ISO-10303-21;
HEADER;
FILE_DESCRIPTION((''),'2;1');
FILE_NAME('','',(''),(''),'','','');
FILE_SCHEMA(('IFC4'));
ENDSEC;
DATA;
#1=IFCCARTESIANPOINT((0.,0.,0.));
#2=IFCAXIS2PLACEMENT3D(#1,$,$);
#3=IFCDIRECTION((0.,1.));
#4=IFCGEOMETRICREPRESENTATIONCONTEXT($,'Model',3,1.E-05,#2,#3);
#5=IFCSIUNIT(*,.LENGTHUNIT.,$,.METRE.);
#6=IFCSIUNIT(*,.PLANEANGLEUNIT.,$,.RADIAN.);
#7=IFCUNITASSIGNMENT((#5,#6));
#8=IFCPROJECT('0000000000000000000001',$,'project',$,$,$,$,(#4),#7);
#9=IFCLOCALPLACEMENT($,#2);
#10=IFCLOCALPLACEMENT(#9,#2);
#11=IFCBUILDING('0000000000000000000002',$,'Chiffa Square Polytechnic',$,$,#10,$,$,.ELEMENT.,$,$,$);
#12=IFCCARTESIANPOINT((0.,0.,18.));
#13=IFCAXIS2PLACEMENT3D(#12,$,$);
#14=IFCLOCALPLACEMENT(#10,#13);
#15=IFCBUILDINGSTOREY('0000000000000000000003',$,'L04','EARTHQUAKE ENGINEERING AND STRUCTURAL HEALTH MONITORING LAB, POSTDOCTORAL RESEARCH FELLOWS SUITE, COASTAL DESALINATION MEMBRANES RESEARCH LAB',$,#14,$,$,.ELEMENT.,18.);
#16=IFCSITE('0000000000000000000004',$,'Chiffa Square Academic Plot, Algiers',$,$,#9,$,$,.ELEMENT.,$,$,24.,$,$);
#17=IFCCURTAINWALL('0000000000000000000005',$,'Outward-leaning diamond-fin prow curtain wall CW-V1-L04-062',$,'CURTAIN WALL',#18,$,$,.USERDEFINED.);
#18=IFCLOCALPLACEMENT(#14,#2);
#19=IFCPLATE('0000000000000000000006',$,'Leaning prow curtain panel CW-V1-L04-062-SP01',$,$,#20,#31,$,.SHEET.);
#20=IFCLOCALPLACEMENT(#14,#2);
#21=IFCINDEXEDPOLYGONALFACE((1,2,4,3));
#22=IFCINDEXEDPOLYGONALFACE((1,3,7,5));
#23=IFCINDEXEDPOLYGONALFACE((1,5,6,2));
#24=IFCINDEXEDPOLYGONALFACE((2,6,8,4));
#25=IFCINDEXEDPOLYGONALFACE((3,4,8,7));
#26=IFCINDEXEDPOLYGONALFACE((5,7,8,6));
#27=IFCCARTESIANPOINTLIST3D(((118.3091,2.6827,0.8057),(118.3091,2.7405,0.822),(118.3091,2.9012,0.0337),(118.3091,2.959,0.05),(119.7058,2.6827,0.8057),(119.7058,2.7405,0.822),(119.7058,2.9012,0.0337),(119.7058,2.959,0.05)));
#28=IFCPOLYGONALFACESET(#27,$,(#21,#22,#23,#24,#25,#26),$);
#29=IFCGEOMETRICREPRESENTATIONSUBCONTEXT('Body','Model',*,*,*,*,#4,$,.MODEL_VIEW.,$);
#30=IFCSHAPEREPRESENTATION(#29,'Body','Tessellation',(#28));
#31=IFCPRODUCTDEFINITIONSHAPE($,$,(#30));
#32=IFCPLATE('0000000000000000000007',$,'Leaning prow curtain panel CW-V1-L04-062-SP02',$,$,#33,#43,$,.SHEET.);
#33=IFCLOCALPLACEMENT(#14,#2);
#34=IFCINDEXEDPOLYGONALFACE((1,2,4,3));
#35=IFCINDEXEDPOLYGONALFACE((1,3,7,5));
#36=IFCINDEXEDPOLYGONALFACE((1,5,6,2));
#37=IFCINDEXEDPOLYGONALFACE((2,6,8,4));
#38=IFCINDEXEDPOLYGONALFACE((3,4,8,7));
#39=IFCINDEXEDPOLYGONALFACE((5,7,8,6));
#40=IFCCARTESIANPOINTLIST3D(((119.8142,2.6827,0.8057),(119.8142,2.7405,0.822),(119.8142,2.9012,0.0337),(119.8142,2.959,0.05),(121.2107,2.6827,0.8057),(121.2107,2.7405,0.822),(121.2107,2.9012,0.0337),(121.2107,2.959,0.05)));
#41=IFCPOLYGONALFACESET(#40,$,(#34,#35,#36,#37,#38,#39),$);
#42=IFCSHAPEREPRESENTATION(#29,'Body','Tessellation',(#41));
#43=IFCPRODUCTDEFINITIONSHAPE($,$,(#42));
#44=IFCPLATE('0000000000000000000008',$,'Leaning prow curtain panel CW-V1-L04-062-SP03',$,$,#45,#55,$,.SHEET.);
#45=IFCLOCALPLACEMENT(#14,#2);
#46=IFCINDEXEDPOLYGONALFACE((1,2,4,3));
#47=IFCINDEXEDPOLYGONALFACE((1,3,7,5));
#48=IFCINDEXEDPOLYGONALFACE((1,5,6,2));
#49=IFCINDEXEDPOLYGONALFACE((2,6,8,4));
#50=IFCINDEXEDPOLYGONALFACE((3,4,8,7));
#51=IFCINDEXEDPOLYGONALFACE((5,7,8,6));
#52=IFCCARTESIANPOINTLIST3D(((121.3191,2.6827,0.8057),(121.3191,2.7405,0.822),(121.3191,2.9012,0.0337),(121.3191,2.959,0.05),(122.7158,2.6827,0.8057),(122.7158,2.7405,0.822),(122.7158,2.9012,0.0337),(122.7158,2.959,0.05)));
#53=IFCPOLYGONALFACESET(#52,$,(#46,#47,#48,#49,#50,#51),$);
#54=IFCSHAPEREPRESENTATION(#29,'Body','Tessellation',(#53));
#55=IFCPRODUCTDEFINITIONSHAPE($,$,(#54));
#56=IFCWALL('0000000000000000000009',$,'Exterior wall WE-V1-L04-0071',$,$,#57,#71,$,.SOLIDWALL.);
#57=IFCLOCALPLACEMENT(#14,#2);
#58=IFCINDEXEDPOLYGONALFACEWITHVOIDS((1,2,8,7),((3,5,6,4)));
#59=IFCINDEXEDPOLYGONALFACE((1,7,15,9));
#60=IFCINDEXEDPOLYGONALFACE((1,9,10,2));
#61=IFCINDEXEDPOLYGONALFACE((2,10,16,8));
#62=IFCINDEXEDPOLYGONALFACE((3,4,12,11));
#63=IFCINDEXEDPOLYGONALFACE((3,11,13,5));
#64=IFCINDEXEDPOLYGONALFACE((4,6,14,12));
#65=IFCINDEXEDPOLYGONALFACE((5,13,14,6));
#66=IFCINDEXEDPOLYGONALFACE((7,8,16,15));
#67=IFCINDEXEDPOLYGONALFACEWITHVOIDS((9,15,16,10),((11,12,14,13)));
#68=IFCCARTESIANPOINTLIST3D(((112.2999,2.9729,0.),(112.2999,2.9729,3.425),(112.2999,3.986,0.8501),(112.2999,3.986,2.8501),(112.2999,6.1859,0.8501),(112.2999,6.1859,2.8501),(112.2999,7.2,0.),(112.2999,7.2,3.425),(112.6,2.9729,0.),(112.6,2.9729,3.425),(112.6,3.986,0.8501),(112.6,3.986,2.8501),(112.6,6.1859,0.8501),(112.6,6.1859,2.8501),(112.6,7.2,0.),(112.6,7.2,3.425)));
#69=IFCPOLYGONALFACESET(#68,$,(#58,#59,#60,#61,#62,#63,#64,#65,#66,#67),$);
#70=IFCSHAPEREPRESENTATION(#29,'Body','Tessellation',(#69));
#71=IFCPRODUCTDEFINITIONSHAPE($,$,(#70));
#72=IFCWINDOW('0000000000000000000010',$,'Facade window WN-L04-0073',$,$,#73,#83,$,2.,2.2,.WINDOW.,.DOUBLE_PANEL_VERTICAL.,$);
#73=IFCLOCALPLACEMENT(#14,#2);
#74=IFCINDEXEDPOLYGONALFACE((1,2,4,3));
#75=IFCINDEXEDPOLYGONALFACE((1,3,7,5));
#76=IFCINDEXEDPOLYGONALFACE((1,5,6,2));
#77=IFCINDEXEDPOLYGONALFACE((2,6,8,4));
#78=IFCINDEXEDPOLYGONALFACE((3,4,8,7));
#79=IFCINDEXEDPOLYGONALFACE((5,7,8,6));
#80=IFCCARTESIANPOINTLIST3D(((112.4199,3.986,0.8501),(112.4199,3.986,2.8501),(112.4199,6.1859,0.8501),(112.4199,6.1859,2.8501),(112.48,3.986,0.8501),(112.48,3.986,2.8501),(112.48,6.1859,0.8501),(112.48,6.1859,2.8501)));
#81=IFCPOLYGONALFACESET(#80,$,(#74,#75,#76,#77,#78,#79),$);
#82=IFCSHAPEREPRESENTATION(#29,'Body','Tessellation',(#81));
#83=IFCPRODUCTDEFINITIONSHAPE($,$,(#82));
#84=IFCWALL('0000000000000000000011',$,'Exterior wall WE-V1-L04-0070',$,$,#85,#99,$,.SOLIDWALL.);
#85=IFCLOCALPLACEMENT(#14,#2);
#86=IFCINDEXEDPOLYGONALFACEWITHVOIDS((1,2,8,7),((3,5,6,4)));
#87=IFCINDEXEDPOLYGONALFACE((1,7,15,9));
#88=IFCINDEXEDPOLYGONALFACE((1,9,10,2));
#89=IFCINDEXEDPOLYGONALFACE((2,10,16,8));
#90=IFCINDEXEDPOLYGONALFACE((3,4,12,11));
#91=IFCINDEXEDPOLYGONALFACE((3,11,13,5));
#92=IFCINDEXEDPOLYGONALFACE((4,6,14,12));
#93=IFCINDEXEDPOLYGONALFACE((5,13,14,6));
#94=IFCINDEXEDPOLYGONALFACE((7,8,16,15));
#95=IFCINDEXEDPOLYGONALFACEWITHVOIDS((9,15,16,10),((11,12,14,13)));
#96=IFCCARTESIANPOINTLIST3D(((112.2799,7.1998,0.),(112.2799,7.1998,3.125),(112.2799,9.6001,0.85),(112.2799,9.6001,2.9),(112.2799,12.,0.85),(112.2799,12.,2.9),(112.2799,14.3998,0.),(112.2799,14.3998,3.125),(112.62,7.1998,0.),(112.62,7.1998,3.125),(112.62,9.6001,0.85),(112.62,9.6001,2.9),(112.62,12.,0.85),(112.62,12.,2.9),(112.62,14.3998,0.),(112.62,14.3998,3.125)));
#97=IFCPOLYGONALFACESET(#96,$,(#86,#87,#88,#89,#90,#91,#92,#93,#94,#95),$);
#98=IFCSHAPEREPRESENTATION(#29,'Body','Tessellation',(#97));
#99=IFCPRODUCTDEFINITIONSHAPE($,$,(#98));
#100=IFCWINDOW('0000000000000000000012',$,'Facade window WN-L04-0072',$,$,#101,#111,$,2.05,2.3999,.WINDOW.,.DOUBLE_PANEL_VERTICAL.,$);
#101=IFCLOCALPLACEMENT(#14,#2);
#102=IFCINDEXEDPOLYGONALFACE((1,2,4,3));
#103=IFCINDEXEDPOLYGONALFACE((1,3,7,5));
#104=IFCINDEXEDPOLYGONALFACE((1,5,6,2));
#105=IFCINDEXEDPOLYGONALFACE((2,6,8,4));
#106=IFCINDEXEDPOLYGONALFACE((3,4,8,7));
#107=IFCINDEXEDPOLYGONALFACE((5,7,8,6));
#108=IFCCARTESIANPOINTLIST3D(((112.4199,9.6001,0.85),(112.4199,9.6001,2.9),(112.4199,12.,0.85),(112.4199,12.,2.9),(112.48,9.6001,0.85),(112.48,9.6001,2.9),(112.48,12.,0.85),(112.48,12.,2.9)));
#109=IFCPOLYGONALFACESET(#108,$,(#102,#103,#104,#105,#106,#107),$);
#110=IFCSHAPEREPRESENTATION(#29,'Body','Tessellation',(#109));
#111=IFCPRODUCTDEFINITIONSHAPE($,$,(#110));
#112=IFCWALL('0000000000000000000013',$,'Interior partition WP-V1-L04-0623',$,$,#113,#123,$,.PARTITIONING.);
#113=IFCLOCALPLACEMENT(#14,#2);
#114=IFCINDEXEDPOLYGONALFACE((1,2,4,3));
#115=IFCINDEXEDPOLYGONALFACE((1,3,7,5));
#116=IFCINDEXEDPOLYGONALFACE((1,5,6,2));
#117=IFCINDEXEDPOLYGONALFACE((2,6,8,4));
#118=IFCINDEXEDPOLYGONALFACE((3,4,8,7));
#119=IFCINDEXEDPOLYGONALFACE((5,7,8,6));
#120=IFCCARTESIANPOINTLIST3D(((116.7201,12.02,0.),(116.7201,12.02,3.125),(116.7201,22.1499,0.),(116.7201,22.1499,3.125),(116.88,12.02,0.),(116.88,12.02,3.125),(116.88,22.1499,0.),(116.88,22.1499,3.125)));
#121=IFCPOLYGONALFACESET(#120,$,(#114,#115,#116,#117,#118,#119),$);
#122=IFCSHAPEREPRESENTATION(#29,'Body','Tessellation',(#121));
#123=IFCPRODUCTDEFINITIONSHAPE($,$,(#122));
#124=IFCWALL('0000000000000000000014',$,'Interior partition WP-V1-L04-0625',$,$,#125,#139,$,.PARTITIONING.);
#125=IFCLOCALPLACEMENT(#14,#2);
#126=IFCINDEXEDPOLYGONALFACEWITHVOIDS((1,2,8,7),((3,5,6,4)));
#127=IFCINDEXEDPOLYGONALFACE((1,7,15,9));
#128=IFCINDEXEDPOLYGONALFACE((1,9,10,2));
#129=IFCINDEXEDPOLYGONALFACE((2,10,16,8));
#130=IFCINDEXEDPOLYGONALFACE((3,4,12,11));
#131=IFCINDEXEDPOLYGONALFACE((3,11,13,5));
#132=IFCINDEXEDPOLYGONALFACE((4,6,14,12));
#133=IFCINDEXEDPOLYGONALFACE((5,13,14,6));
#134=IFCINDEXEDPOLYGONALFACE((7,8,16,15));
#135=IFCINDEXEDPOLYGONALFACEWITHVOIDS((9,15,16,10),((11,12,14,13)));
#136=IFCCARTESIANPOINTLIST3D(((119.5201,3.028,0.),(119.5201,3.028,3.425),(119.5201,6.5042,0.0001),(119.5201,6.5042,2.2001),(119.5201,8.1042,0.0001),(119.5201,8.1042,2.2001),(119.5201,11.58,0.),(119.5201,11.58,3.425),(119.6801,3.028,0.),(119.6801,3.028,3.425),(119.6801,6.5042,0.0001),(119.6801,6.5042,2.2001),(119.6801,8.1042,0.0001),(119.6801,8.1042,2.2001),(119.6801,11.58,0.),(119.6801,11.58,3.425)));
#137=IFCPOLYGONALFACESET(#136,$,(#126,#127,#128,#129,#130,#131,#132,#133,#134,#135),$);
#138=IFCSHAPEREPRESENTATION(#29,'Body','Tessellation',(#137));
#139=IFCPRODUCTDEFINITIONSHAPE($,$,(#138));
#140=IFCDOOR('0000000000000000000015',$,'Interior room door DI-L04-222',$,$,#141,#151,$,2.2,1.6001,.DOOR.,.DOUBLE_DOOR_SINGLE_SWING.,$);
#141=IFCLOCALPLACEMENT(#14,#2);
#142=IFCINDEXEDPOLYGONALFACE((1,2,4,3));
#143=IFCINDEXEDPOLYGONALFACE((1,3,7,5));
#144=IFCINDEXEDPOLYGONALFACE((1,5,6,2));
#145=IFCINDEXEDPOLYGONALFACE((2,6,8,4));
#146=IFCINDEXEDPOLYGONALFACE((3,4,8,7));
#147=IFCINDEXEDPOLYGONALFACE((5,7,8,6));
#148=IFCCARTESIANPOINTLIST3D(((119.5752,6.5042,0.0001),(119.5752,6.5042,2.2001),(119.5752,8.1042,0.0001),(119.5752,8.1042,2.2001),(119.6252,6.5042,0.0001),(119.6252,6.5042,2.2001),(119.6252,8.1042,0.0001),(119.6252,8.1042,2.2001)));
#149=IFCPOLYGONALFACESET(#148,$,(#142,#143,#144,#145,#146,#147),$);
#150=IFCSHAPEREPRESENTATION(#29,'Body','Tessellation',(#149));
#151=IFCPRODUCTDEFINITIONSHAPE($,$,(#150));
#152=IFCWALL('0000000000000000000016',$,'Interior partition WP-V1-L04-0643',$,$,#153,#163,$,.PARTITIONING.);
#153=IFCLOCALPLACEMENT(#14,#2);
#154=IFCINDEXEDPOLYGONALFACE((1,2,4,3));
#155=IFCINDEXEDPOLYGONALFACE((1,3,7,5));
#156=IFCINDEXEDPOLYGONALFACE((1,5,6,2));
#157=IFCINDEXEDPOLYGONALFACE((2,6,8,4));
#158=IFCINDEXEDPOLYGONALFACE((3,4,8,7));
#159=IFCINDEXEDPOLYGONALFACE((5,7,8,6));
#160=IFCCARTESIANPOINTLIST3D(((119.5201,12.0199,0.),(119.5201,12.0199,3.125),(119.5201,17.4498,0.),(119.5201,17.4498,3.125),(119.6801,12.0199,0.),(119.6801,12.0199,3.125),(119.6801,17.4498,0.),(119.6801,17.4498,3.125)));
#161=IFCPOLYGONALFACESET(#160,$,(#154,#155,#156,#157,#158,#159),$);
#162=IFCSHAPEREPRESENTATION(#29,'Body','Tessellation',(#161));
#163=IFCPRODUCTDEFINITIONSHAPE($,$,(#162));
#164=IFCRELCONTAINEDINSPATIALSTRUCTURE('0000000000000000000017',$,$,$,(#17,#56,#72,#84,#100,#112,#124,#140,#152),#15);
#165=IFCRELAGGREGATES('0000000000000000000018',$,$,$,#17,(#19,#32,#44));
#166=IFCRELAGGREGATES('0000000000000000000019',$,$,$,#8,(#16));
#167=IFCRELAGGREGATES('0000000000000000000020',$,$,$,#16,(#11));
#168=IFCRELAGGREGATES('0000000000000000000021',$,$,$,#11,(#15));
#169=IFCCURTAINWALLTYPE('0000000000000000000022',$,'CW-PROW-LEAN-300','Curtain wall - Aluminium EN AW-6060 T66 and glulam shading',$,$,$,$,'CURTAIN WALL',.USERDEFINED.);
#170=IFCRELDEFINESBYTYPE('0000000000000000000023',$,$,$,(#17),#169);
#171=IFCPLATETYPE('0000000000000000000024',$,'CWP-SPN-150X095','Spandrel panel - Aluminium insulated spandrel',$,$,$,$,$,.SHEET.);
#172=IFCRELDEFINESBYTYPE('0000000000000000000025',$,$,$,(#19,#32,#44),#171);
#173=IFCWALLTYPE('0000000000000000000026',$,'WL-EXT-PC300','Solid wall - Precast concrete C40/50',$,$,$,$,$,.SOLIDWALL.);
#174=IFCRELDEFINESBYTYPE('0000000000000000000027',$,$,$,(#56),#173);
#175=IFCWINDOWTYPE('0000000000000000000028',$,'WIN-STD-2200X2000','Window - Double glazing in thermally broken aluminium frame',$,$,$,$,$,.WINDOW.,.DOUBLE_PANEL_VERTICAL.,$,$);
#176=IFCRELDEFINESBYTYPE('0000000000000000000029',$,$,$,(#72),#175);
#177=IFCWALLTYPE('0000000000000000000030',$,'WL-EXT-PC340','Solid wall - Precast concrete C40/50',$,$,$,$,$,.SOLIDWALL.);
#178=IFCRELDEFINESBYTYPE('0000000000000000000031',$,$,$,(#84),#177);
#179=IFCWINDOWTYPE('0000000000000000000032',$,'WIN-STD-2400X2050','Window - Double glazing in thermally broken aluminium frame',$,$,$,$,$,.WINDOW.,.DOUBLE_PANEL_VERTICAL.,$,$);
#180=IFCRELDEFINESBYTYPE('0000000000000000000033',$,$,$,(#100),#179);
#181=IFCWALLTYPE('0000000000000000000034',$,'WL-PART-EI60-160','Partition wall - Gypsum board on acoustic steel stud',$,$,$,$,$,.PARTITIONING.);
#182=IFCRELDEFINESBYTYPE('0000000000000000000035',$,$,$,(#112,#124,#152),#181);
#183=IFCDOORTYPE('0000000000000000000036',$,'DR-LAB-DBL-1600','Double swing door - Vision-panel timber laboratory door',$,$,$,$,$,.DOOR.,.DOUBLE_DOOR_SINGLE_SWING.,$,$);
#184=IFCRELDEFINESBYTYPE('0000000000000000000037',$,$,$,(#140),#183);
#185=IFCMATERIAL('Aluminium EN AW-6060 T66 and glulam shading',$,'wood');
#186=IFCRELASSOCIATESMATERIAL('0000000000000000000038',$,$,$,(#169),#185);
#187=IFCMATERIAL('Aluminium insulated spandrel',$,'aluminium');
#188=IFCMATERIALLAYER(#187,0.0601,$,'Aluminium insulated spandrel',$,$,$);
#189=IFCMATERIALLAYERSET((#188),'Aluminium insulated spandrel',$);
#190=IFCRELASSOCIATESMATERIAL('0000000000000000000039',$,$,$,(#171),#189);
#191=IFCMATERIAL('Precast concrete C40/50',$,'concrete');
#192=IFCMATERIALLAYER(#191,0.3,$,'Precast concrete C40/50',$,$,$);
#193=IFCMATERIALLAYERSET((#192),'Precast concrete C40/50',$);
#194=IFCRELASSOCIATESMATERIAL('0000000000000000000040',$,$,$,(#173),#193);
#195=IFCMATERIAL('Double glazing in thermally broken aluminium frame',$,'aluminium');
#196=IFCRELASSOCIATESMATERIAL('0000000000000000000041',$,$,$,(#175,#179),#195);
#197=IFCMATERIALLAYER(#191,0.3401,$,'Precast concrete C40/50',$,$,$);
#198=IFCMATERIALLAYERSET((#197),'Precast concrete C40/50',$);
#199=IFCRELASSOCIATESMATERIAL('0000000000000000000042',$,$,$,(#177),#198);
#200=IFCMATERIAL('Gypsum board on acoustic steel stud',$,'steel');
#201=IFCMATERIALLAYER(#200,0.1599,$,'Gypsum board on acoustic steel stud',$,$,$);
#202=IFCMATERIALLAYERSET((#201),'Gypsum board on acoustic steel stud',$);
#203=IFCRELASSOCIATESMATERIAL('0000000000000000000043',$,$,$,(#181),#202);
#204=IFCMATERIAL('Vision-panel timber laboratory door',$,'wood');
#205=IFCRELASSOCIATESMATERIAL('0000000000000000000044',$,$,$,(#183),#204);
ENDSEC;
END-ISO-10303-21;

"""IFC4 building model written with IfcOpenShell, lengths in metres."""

from ifc_helpers import new_model, si_unit, direction, frame, frame_2d, origin, place, context, subcontext, project, spatial, polyline, rectangle, outline, extrude, material, layer, layer_set, type_object, element, fill, aggregate, save


model = new_model("IFC4")

# Units and contexts
model_context = context("Model", 3, precision=1e-05, world=origin(), true_north=direction((0.0, 1.0)))
body_context = subcontext(model_context, "Body", "Model", "MODEL_VIEW")
ifc_project = project(units=[si_unit("LENGTHUNIT", "METRE"), si_unit("PLANEANGLEUNIT", "RADIAN")], contexts=[model_context])

# Site, building, storey
site_placement = place(None, origin())
site = spatial("IfcSite", under=ifc_project, at=site_placement, Name="Chiffa Square Academic Plot, Algiers", CompositionType="ELEMENT", RefElevation=24.0)
building_placement = place(site_placement, origin())
building = spatial("IfcBuilding", under=site, at=building_placement, Name="Chiffa Square Polytechnic", CompositionType="ELEMENT")
storey_placement = place(building_placement, frame((0.0, 0.0, 18.0)))
storey = spatial("IfcBuildingStorey", under=building, at=storey_placement, Name="L04", Description="EARTHQUAKE ENGINEERING AND STRUCTURAL HEALTH MONITORING LAB, POSTDOCTORAL RESEARCH FELLOWS SUITE, COASTAL DESALINATION MEMBRANES RESEARCH LAB", CompositionType="ELEMENT", Elevation=18.0)

# Curtain wall
ifc_material_1 = material(Name="Aluminium EN AW-6060 T66 and glulam shading", Category="wood")
curtain_wall_type_1 = type_object("IfcCurtainWallType", Name="CW-PROW-LEAN-300", Description="Curtain wall - Aluminium EN AW-6060 T66 and glulam shading", ElementType="CURTAIN WALL", PredefinedType="USERDEFINED", material=ifc_material_1)
curtain_wall_1_placement = place(storey_placement, origin())
curtain_wall_1 = element("IfcCurtainWall", 1, at=curtain_wall_1_placement, inside=storey, type_object=curtain_wall_type_1, Name="Outward-leaning diamond-fin prow curtain wall CW-V1-L04-062", ObjectType="CURTAIN WALL", PredefinedType="USERDEFINED")

# Plates
ifc_material_2 = material(Name="Aluminium insulated spandrel", Category="aluminium")
ifc_layer_1 = layer(ifc_material_2, 0.0601, Name="Aluminium insulated spandrel")
ifc_layer_set_1 = layer_set([ifc_layer_1], Name="Aluminium insulated spandrel")
plate_type_1 = type_object("IfcPlateType", Name="CWP-SPN-150X095", Description="Spandrel panel - Aluminium insulated spandrel", PredefinedType="SHEET", material=ifc_layer_set_1)
plate_1_placement = place(storey_placement, frame((118.3091, 2.959, 0.05), z_axis=(0.0, 0.962199, 0.272349), x_axis=(1.0, 0.0, 0.0)))
plate_1 = element("IfcPlate", 2, at=plate_1_placement, type_object=plate_type_1, Name="Leaning prow curtain panel CW-V1-L04-062-SP01", PredefinedType="SHEET", context=body_context, shape_type="SweptSolid", body=[
    extrude(outline(polyline([(0.0, 0.0), (1.3967, 0.0), (1.3967, -0.8023), (0.0, -0.8023), (0.0, 0.0)])), origin(), (0.0, 0.0, -1.0), 0.0601),
])
plate_2_placement = place(storey_placement, frame((119.8142, 2.959, 0.05), z_axis=(0.0, 0.962199, 0.272349), x_axis=(1.0, 0.0, 0.0)))
plate_2 = element("IfcPlate", 3, at=plate_2_placement, type_object=plate_type_1, Name="Leaning prow curtain panel CW-V1-L04-062-SP02", PredefinedType="SHEET", context=body_context, shape_type="SweptSolid", body=[
    extrude(outline(polyline([(0.0, 0.0), (1.3965, 0.0), (1.3965, -0.8023), (0.0, -0.8023), (0.0, 0.0)])), origin(), (0.0, 0.0, -1.0), 0.0601),
])
plate_3_placement = place(storey_placement, frame((121.3191, 2.959, 0.05), z_axis=(0.0, 0.962199, 0.272349), x_axis=(1.0, 0.0, 0.0)))
plate_3 = element("IfcPlate", 4, at=plate_3_placement, type_object=plate_type_1, Name="Leaning prow curtain panel CW-V1-L04-062-SP03", PredefinedType="SHEET", context=body_context, shape_type="SweptSolid", body=[
    extrude(outline(polyline([(0.0, 0.0), (1.3967, 0.0), (1.3967, -0.8023), (0.0, -0.8023), (0.0, 0.0)])), origin(), (0.0, 0.0, -1.0), 0.0601),
])
aggregate(curtain_wall_1, [plate_1, plate_2, plate_3])

# Walls, openings, windows
ifc_material_3 = material(Name="Precast concrete C40/50", Category="concrete")
ifc_layer_2 = layer(ifc_material_3, 0.3, Name="Precast concrete C40/50")
ifc_layer_set_2 = layer_set([ifc_layer_2], Name="Precast concrete C40/50")
wall_type_1 = type_object("IfcWallType", Name="WL-EXT-PC300", Description="Solid wall - Precast concrete C40/50", PredefinedType="SOLIDWALL", material=ifc_layer_set_2)
wall_1_placement = place(storey_placement, frame((112.45, 7.2, 0.0), z_axis=(0.0, 0.0, 1.0), x_axis=(0.0, -1.0, 0.0)))
wall_1 = element("IfcWall", 5, at=wall_1_placement, inside=storey, type_object=wall_type_1, Name="Exterior wall WE-V1-L04-0071", PredefinedType="SOLIDWALL", context=body_context, shape_type="SweptSolid", body=[
    extrude(rectangle(XDim=4.2271, YDim=0.3, at=frame_2d((2.1135, 0.0))), origin(), (0.0, 0.0, 1.0), 3.425),
])
opening_1_placement = place(wall_1_placement, frame((1.0139, 0.0, 0.8501)))
opening_1 = element("IfcOpeningElement", 6, at=opening_1_placement, cuts=wall_1, PredefinedType="OPENING", context=body_context, shape_type="SweptSolid", body=[
    extrude(rectangle(XDim=2.2, YDim=2.0, at=frame_2d((1.1001, 1.0))), frame((0.0, 0.1602, 0.0), z_axis=(0.0, -1.0, 0.0), x_axis=(1.0, 0.0, 0.0)), (0.0, 0.0, 1.0), 0.3201),
])
ifc_material_4 = material(Name="Double glazing in thermally broken aluminium frame", Category="aluminium")
window_type_1 = type_object("IfcWindowType", Name="WIN-STD-2200X2000", Description="Window - Double glazing in thermally broken aluminium frame", PartitioningType="DOUBLE_PANEL_VERTICAL", PredefinedType="WINDOW", material=ifc_material_4)
window_1_placement = place(opening_1_placement, origin())
window_1 = element("IfcWindow", 7, at=window_1_placement, inside=storey, type_object=window_type_1, Name="Facade window WN-L04-0073", OverallHeight=2.0, OverallWidth=2.2, PartitioningType="DOUBLE_PANEL_VERTICAL", PredefinedType="WINDOW", context=body_context, shape_type="SweptSolid", body=[
    extrude(rectangle(XDim=2.2, YDim=2.0, at=frame_2d((1.1001, 1.0))), frame((0.0, 0.03, 0.0), z_axis=(0.0, -1.0, 0.0), x_axis=(1.0, 0.0, 0.0)), (0.0, 0.0, 1.0), 0.0601),
])
fill(opening_1, window_1)
ifc_layer_3 = layer(ifc_material_3, 0.3401, Name="Precast concrete C40/50")
ifc_layer_set_3 = layer_set([ifc_layer_3], Name="Precast concrete C40/50")
wall_type_2 = type_object("IfcWallType", Name="WL-EXT-PC340", Description="Solid wall - Precast concrete C40/50", PredefinedType="SOLIDWALL", material=ifc_layer_set_3)
wall_2_placement = place(storey_placement, frame((112.45, 14.3999, 0.0), z_axis=(0.0, 0.0, 1.0), x_axis=(0.0, -1.0, 0.0)))
wall_2 = element("IfcWall", 8, at=wall_2_placement, inside=storey, type_object=wall_type_2, Name="Exterior wall WE-V1-L04-0070", PredefinedType="SOLIDWALL", context=body_context, shape_type="SweptSolid", body=[
    extrude(rectangle(XDim=7.2, YDim=0.3401, at=frame_2d((3.6001, 0.0))), origin(), (0.0, 0.0, 1.0), 3.125),
])
opening_2_placement = place(wall_2_placement, frame((2.3999, 0.0, 0.8501)))
opening_2 = element("IfcOpeningElement", 9, at=opening_2_placement, cuts=wall_2, PredefinedType="OPENING", context=body_context, shape_type="SweptSolid", body=[
    extrude(rectangle(XDim=2.3999, YDim=2.05, at=frame_2d((1.2, 1.0249))), frame((0.0, 0.1802, 0.0), z_axis=(0.0, -1.0, 0.0), x_axis=(1.0, 0.0, 0.0)), (0.0, 0.0, 1.0), 0.3601),
])
window_type_2 = type_object("IfcWindowType", Name="WIN-STD-2400X2050", Description="Window - Double glazing in thermally broken aluminium frame", PartitioningType="DOUBLE_PANEL_VERTICAL", PredefinedType="WINDOW", material=ifc_material_4)
window_2_placement = place(opening_2_placement, origin())
window_2 = element("IfcWindow", 10, at=window_2_placement, inside=storey, type_object=window_type_2, Name="Facade window WN-L04-0072", OverallHeight=2.05, OverallWidth=2.3999, PartitioningType="DOUBLE_PANEL_VERTICAL", PredefinedType="WINDOW", context=body_context, shape_type="SweptSolid", body=[
    extrude(rectangle(XDim=2.3999, YDim=2.05, at=frame_2d((1.2, 1.0249))), frame((0.0, 0.03, 0.0), z_axis=(0.0, -1.0, 0.0), x_axis=(1.0, 0.0, 0.0)), (0.0, 0.0, 1.0), 0.0601),
])
fill(opening_2, window_2)

# Shared definitions
ifc_material_5 = material(Name="Gypsum board on acoustic steel stud", Category="steel")
ifc_layer_4 = layer(ifc_material_5, 0.1599, Name="Gypsum board on acoustic steel stud")
ifc_layer_set_4 = layer_set([ifc_layer_4], Name="Gypsum board on acoustic steel stud")
wall_type_3 = type_object("IfcWallType", Name="WL-PART-EI60-160", Description="Partition wall - Gypsum board on acoustic steel stud", PredefinedType="PARTITIONING", material=ifc_layer_set_4)

# Wall
wall_3_placement = place(storey_placement, frame((116.8, 12.02, 0.0), z_axis=(0.0, 0.0, 1.0), x_axis=(0.0, 1.0, 0.0)))
element("IfcWall", 11, at=wall_3_placement, inside=storey, type_object=wall_type_3, Name="Interior partition WP-V1-L04-0623", PredefinedType="PARTITIONING", context=body_context, shape_type="SweptSolid", body=[
    extrude(rectangle(XDim=10.1299, YDim=0.1599, at=frame_2d((5.0649, 0.0))), origin(), (0.0, 0.0, 1.0), 3.125),
])

# Wall, opening, door
wall_4_placement = place(storey_placement, frame((119.6001, 3.0281, 0.0), z_axis=(0.0, 0.0, 1.0), x_axis=(0.0, 1.0, 0.0)))
wall_4 = element("IfcWall", 12, at=wall_4_placement, inside=storey, type_object=wall_type_3, Name="Interior partition WP-V1-L04-0625", PredefinedType="PARTITIONING", context=body_context, shape_type="SweptSolid", body=[
    extrude(rectangle(XDim=8.552, YDim=0.1599, at=frame_2d((4.2759, 0.0))), origin(), (0.0, 0.0, 1.0), 3.425),
])
opening_3_placement = place(wall_4_placement, frame((3.4761, 0.0, 0.0)))
opening_3 = element("IfcOpeningElement", 13, at=opening_3_placement, cuts=wall_4, PredefinedType="OPENING", context=body_context, shape_type="SweptSolid", body=[
    extrude(rectangle(XDim=1.6001, YDim=2.2, at=frame_2d((0.8, 1.1001))), frame((0.0, 0.0898, 0.0), z_axis=(0.0, -1.0, 0.0), x_axis=(1.0, 0.0, 0.0)), (0.0, 0.0, 1.0), 0.1799),
])
ifc_material_6 = material(Name="Vision-panel timber laboratory door", Category="wood")
door_type_1 = type_object("IfcDoorType", Name="DR-LAB-DBL-1600", Description="Double swing door - Vision-panel timber laboratory door", OperationType="DOUBLE_DOOR_SINGLE_SWING", PredefinedType="DOOR", material=ifc_material_6)
door_1_placement = place(opening_3_placement, origin())
door_1 = element("IfcDoor", 14, at=door_1_placement, inside=storey, type_object=door_type_1, Name="Interior room door DI-L04-222", OperationType="DOUBLE_DOOR_SINGLE_SWING", OverallHeight=2.2, OverallWidth=1.6001, PredefinedType="DOOR", context=body_context, shape_type="SweptSolid", body=[
    extrude(rectangle(XDim=1.6001, YDim=2.2, at=frame_2d((0.8, 1.1001))), frame((0.0, 0.0249, 0.0), z_axis=(0.0, -1.0, 0.0), x_axis=(1.0, 0.0, 0.0)), (0.0, 0.0, 1.0), 0.05),
])
fill(opening_3, door_1)

# Wall
wall_5_placement = place(storey_placement, frame((119.6001, 12.02, 0.0), z_axis=(0.0, 0.0, 1.0), x_axis=(0.0, 1.0, 0.0)))
element("IfcWall", 15, at=wall_5_placement, inside=storey, type_object=wall_type_3, Name="Interior partition WP-V1-L04-0643", PredefinedType="PARTITIONING", context=body_context, shape_type="SweptSolid", body=[
    extrude(rectangle(XDim=5.4299, YDim=0.1599, at=frame_2d((2.7148, 0.0))), origin(), (0.0, 0.0, 1.0), 3.125),
])

save(model, "model.ifc")
